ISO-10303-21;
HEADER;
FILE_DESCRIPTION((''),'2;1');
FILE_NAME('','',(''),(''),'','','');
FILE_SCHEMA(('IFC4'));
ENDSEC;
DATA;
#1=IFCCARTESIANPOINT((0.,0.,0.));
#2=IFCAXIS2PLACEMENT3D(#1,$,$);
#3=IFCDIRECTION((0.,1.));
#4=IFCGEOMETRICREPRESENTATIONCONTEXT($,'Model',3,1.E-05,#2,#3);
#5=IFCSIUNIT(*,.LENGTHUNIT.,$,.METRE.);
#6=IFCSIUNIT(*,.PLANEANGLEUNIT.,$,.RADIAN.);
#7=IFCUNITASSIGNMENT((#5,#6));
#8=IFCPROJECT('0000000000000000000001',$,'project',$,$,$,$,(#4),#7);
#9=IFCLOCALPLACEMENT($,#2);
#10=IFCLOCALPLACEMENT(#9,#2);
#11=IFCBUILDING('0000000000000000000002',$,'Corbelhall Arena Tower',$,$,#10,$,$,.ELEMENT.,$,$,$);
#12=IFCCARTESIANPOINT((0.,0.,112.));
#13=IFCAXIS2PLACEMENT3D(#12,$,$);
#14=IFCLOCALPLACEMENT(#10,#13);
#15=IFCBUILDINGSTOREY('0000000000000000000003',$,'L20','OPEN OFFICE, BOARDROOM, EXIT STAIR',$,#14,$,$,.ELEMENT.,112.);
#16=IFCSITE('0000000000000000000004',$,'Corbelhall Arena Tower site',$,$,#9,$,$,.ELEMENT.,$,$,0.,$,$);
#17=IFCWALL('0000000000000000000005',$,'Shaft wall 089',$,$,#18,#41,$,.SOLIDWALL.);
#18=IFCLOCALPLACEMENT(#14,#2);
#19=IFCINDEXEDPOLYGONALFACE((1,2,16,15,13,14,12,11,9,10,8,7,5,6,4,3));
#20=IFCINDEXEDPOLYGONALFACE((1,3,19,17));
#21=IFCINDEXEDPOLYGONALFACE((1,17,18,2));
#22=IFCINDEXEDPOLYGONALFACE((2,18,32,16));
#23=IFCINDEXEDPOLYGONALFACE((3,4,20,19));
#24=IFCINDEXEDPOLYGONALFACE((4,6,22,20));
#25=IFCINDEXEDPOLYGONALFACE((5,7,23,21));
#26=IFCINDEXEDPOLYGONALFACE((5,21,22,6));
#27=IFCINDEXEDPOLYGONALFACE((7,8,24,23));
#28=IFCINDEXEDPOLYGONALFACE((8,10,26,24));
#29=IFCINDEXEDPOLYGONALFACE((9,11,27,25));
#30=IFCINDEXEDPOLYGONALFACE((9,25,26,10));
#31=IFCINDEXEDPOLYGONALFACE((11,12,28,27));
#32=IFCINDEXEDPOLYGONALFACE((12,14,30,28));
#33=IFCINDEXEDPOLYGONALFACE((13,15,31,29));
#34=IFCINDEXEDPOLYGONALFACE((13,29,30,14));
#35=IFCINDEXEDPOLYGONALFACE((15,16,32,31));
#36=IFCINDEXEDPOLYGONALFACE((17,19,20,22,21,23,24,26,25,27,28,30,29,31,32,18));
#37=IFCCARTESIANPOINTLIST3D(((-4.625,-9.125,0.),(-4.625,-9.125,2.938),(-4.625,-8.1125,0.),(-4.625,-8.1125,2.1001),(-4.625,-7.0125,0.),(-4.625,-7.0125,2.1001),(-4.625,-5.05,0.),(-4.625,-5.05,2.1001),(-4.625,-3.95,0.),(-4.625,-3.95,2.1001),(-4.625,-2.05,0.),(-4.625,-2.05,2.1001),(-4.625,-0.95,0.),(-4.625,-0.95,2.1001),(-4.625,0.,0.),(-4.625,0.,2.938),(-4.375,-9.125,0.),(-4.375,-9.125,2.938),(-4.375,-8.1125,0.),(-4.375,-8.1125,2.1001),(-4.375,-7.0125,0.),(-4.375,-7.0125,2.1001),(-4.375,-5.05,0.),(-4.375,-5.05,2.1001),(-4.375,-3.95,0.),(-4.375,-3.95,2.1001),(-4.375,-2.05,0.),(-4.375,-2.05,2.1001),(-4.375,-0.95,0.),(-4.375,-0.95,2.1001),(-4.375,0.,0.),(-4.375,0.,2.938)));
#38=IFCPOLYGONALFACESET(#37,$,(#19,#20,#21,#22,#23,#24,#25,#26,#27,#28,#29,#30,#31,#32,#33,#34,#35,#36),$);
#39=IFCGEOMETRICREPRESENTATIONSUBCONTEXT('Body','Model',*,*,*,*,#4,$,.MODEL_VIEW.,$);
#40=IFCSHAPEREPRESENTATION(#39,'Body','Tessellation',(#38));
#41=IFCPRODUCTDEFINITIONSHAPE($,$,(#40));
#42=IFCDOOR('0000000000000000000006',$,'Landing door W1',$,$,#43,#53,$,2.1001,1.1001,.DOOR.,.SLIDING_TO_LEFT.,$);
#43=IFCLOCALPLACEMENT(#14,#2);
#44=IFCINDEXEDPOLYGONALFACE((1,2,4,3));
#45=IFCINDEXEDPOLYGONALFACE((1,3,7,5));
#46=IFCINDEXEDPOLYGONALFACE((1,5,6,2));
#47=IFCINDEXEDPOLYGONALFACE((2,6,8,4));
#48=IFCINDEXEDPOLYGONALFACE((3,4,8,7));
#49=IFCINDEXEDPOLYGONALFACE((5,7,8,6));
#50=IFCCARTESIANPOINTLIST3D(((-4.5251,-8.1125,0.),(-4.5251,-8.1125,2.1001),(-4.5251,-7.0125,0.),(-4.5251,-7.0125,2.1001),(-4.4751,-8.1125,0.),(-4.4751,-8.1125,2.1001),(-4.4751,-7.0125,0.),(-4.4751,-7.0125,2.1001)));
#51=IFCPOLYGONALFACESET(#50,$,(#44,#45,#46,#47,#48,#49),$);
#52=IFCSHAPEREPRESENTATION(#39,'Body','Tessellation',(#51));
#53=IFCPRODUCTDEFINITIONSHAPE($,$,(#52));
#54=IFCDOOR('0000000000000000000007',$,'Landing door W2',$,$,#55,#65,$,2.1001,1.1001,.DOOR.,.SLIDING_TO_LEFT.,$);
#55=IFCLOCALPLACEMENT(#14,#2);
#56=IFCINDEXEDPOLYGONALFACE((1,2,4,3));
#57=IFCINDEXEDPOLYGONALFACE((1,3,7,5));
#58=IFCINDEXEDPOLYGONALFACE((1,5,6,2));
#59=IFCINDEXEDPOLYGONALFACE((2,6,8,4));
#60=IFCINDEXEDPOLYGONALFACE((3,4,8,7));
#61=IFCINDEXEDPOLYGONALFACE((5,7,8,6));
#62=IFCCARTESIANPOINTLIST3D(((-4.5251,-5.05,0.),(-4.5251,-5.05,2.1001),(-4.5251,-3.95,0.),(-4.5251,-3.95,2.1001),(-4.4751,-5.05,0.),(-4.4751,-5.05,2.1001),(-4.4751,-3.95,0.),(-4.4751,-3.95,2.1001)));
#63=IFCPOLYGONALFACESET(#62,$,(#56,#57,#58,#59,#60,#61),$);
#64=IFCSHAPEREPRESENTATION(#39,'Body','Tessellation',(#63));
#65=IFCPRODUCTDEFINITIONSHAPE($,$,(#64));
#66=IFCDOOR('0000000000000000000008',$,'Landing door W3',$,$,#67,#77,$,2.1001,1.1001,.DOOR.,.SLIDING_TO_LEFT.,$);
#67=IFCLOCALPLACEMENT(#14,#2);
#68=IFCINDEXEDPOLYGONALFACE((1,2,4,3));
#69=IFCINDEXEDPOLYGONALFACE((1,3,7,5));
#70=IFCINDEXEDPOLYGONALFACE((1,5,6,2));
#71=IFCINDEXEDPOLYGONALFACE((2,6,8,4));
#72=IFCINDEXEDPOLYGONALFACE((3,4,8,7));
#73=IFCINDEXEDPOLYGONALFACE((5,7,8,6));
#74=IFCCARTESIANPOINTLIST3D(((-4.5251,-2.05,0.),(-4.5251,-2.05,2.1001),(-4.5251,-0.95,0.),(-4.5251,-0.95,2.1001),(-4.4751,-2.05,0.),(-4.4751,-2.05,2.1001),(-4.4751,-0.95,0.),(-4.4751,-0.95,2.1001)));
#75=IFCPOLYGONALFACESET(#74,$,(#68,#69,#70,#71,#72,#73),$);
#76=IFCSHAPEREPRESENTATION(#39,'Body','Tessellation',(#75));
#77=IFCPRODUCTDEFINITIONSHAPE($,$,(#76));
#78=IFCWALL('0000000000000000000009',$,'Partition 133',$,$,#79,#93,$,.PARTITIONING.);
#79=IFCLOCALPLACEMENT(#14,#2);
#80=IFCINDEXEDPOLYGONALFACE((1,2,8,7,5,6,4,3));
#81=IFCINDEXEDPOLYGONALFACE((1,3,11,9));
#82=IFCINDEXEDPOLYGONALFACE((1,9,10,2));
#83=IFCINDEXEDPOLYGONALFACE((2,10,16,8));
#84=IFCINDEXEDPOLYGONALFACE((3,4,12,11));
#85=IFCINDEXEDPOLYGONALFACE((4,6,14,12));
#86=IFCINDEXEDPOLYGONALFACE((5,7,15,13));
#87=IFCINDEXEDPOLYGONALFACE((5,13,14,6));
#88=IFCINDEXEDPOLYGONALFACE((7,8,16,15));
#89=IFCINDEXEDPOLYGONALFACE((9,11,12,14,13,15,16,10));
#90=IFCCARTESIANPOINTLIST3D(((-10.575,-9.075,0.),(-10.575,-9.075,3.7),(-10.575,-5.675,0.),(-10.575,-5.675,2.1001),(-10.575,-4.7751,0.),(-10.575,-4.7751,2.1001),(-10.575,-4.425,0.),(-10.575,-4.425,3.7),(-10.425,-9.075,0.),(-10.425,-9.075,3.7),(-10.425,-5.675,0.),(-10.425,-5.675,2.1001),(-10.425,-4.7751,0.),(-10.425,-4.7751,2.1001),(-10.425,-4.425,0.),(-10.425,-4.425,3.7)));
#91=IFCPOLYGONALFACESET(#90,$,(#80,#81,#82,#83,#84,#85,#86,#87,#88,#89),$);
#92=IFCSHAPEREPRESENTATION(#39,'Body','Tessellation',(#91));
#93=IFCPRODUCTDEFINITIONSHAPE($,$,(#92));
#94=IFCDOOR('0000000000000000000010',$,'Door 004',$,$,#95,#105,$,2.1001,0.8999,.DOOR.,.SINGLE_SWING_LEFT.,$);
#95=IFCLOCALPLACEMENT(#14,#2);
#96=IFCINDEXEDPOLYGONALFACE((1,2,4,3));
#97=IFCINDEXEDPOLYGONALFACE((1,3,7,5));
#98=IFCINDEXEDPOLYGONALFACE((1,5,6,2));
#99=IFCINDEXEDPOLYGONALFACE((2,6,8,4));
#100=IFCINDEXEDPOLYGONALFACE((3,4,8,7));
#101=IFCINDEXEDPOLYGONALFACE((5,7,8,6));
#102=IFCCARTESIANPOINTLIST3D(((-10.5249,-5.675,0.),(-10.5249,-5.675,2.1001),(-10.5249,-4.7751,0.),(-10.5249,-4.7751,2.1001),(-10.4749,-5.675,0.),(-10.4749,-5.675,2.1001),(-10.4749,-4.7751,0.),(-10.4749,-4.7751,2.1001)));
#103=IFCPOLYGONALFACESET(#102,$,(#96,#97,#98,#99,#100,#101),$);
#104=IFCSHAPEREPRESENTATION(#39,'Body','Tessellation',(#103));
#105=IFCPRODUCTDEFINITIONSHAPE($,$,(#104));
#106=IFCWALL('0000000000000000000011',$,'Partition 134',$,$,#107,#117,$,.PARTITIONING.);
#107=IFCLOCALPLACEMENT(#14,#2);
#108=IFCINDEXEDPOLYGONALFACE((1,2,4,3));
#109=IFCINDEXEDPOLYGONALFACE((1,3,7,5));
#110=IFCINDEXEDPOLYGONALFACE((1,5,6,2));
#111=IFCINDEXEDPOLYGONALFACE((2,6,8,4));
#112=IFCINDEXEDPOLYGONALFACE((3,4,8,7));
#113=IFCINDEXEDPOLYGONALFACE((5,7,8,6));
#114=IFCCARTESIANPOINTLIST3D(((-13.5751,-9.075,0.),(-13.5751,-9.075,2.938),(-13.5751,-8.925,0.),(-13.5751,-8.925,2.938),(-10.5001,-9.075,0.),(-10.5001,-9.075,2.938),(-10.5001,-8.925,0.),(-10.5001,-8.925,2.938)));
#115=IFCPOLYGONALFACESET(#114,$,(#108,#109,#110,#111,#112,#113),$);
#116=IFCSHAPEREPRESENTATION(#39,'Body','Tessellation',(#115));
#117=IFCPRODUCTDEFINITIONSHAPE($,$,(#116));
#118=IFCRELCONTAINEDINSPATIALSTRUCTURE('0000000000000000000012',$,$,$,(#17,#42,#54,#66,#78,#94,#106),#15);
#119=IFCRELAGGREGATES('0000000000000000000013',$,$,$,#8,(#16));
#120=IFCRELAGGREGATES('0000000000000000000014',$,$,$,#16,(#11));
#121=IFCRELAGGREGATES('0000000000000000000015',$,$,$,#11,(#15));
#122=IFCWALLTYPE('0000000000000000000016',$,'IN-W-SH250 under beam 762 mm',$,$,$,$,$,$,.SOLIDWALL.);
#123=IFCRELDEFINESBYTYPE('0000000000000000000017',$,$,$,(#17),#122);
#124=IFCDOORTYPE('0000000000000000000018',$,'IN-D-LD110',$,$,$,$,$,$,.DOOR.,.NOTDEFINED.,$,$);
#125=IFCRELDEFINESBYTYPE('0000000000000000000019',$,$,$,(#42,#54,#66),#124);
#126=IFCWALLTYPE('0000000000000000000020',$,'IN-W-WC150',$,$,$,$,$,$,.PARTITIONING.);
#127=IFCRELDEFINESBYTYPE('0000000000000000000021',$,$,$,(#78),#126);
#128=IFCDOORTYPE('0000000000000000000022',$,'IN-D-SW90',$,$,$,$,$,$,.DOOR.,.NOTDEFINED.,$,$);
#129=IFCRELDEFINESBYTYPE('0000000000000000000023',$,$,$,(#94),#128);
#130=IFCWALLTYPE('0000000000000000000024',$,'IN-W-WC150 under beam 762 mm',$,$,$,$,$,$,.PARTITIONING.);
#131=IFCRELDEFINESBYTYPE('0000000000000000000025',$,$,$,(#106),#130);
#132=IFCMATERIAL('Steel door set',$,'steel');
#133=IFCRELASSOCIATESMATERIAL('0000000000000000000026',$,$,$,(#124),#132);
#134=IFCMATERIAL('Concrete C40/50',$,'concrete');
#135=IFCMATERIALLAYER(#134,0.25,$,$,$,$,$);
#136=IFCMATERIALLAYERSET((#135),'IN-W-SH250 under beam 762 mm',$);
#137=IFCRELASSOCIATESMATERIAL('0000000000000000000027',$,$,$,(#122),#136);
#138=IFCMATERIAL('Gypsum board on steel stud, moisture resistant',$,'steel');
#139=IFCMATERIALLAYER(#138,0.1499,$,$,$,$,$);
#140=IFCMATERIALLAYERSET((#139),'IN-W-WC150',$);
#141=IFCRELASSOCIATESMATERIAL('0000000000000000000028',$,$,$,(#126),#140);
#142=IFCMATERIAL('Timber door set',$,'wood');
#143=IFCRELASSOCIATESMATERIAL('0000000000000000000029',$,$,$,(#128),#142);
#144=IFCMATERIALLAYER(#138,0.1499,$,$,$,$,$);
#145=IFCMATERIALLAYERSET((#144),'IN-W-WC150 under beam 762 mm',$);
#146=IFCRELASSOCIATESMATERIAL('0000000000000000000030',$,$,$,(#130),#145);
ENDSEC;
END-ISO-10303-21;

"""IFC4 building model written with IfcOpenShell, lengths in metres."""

from ifc_helpers import new_model, si_unit, direction, frame, frame_2d, origin, place, context, subcontext, project, spatial, rectangle, extrude, material, layer, layer_set, type_object, element, fill, save


model = new_model("IFC4")

# Units and contexts
model_context = context("Model", 3, precision=1e-05, world=origin(), true_north=direction((0.0, 1.0)))
body_context = subcontext(model_context, "Body", "Model", "MODEL_VIEW")
ifc_project = project(units=[si_unit("LENGTHUNIT", "METRE"), si_unit("PLANEANGLEUNIT", "RADIAN")], contexts=[model_context])

# Site, building, storey
site_placement = place(None, origin())
site = spatial("IfcSite", under=ifc_project, at=site_placement, Name="Corbelhall Arena Tower site", CompositionType="ELEMENT", RefElevation=0.0)
building_placement = place(site_placement, origin())
building = spatial("IfcBuilding", under=site, at=building_placement, Name="Corbelhall Arena Tower", CompositionType="ELEMENT")
storey_placement = place(building_placement, frame((0.0, 0.0, 112.0)))
storey = spatial("IfcBuildingStorey", under=building, at=storey_placement, Name="L20", Description="OPEN OFFICE, BOARDROOM, EXIT STAIR", CompositionType="ELEMENT", Elevation=112.0)

# Shared definitions
ifc_material_1 = material(Name="Steel door set", Category="steel")

# Shared definitions
ifc_material_2 = material(Name="Concrete C40/50", Category="concrete")
door_type_1 = type_object("IfcDoorType", Name="IN-D-LD110", OperationType="NOTDEFINED", PredefinedType="DOOR", material=ifc_material_1)

# Shared definitions
ifc_layer_1 = layer(ifc_material_2, 0.25)
ifc_layer_set_1 = layer_set([ifc_layer_1], Name="IN-W-SH250 under beam 762 mm")
wall_type_1 = type_object("IfcWallType", Name="IN-W-SH250 under beam 762 mm", PredefinedType="SOLIDWALL", material=ifc_layer_set_1)

# Wall, openings, doors
wall_1_placement = place(storey_placement, frame((-4.5, 0.0, 0.0), z_axis=(0.0, 0.0, 1.0), x_axis=(0.0, -1.0, 0.0)))
wall_1 = element("IfcWall", 1, at=wall_1_placement, inside=storey, type_object=wall_type_1, Name="Shaft wall 089", PredefinedType="SOLIDWALL", context=body_context, shape_type="SweptSolid", body=[
    extrude(rectangle(XDim=9.125, YDim=0.25, at=frame_2d((4.5625, 0.0))), origin(), (0.0, 0.0, 1.0), 2.938),
])
opening_1_placement = place(wall_1_placement, frame((7.0125, 0.0, 0.0)))
opening_1 = element("IfcOpeningElement", 2, at=opening_1_placement, cuts=wall_1, PredefinedType="OPENING", context=body_context, shape_type="SweptSolid", body=[
    extrude(rectangle(XDim=1.1001, YDim=2.1001, at=frame_2d((0.55, 1.05))), frame((0.0, 0.125, 0.0), z_axis=(0.0, -1.0, 0.0), x_axis=(1.0, 0.0, 0.0)), (0.0, 0.0, 1.0), 0.25),
])
opening_2_placement = place(wall_1_placement, frame((3.95, 0.0, 0.0)))
opening_2 = element("IfcOpeningElement", 3, at=opening_2_placement, cuts=wall_1, PredefinedType="OPENING", context=body_context, shape_type="SweptSolid", body=[
    extrude(rectangle(XDim=1.1001, YDim=2.1001, at=frame_2d((0.55, 1.05))), frame((0.0, 0.125, 0.0), z_axis=(0.0, -1.0, 0.0), x_axis=(1.0, 0.0, 0.0)), (0.0, 0.0, 1.0), 0.25),
])
opening_3_placement = place(wall_1_placement, frame((0.95, 0.0, 0.0)))
opening_3 = element("IfcOpeningElement", 4, at=opening_3_placement, cuts=wall_1, PredefinedType="OPENING", context=body_context, shape_type="SweptSolid", body=[
    extrude(rectangle(XDim=1.1001, YDim=2.1001, at=frame_2d((0.55, 1.05))), frame((0.0, 0.125, 0.0), z_axis=(0.0, -1.0, 0.0), x_axis=(1.0, 0.0, 0.0)), (0.0, 0.0, 1.0), 0.25),
])
door_1_placement = place(opening_1_placement, origin())
door_1 = element("IfcDoor", 5, at=door_1_placement, inside=storey, type_object=door_type_1, Name="Landing door W1", OperationType="SLIDING_TO_LEFT", OverallHeight=2.1001, OverallWidth=1.1001, PredefinedType="DOOR", context=body_context, shape_type="SweptSolid", body=[
    extrude(rectangle(XDim=1.1001, YDim=2.1001, at=frame_2d((0.55, 1.05))), frame((0.0, 0.0249, 0.0), z_axis=(0.0, -1.0, 0.0), x_axis=(1.0, 0.0, 0.0)), (0.0, 0.0, 1.0), 0.05),
])
fill(opening_1, door_1)
door_2_placement = place(opening_2_placement, origin())
door_2 = element("IfcDoor", 6, at=door_2_placement, inside=storey, type_object=door_type_1, Name="Landing door W2", OperationType="SLIDING_TO_LEFT", OverallHeight=2.1001, OverallWidth=1.1001, PredefinedType="DOOR", context=body_context, shape_type="SweptSolid", body=[
    extrude(rectangle(XDim=1.1001, YDim=2.1001, at=frame_2d((0.55, 1.05))), frame((0.0, 0.0249, 0.0), z_axis=(0.0, -1.0, 0.0), x_axis=(1.0, 0.0, 0.0)), (0.0, 0.0, 1.0), 0.05),
])
fill(opening_2, door_2)
door_3_placement = place(opening_3_placement, origin())
door_3 = element("IfcDoor", 7, at=door_3_placement, inside=storey, type_object=door_type_1, Name="Landing door W3", OperationType="SLIDING_TO_LEFT", OverallHeight=2.1001, OverallWidth=1.1001, PredefinedType="DOOR", context=body_context, shape_type="SweptSolid", body=[
    extrude(rectangle(XDim=1.1001, YDim=2.1001, at=frame_2d((0.55, 1.05))), frame((0.0, 0.0249, 0.0), z_axis=(0.0, -1.0, 0.0), x_axis=(1.0, 0.0, 0.0)), (0.0, 0.0, 1.0), 0.05),
])
fill(opening_3, door_3)

# Wall, opening, door
ifc_material_3 = material(Name="Gypsum board on steel stud, moisture resistant", Category="steel")
ifc_layer_2 = layer(ifc_material_3, 0.1499)
ifc_layer_set_2 = layer_set([ifc_layer_2], Name="IN-W-WC150")
wall_type_2 = type_object("IfcWallType", Name="IN-W-WC150", PredefinedType="PARTITIONING", material=ifc_layer_set_2)
wall_2_placement = place(storey_placement, frame((-10.5, -9.075, 0.0), z_axis=(0.0, 0.0, 1.0), x_axis=(0.0, 1.0, 0.0)))
wall_2 = element("IfcWall", 8, at=wall_2_placement, inside=storey, type_object=wall_type_2, Name="Partition 133", PredefinedType="PARTITIONING", context=body_context, shape_type="SweptSolid", body=[
    extrude(rectangle(XDim=4.6499, YDim=0.1499, at=frame_2d((2.325, 0.0))), origin(), (0.0, 0.0, 1.0), 3.7),
])
opening_4_placement = place(wall_2_placement, frame((3.3999, 0.0, 0.0)))
opening_4 = element("IfcOpeningElement", 9, at=opening_4_placement, cuts=wall_2, PredefinedType="OPENING", context=body_context, shape_type="SweptSolid", body=[
    extrude(rectangle(XDim=0.8999, YDim=2.1001, at=frame_2d((0.45, 1.05))), frame((0.0, 0.075, 0.0), z_axis=(0.0, -1.0, 0.0), x_axis=(1.0, 0.0, 0.0)), (0.0, 0.0, 1.0), 0.1499),
])
ifc_material_4 = material(Name="Timber door set", Category="wood")
door_type_2 = type_object("IfcDoorType", Name="IN-D-SW90", OperationType="NOTDEFINED", PredefinedType="DOOR", material=ifc_material_4)
door_4_placement = place(opening_4_placement, origin())
door_4 = element("IfcDoor", 10, at=door_4_placement, inside=storey, type_object=door_type_2, Name="Door 004", OperationType="SINGLE_SWING_LEFT", OverallHeight=2.1001, OverallWidth=0.8999, PredefinedType="DOOR", context=body_context, shape_type="SweptSolid", body=[
    extrude(rectangle(XDim=0.8999, YDim=2.1001, at=frame_2d((0.45, 1.05))), frame((0.0, 0.0249, 0.0), z_axis=(0.0, -1.0, 0.0), x_axis=(1.0, 0.0, 0.0)), (0.0, 0.0, 1.0), 0.05),
])
fill(opening_4, door_4)

# Wall
ifc_layer_3 = layer(ifc_material_3, 0.1499)
ifc_layer_set_3 = layer_set([ifc_layer_3], Name="IN-W-WC150 under beam 762 mm")
wall_type_3 = type_object("IfcWallType", Name="IN-W-WC150 under beam 762 mm", PredefinedType="PARTITIONING", material=ifc_layer_set_3)
wall_3_placement = place(storey_placement, frame((-10.5, -9.0, 0.0), z_axis=(0.0, 0.0, 1.0), x_axis=(-1.0, 0.0, 0.0)))
element("IfcWall", 11, at=wall_3_placement, inside=storey, type_object=wall_type_3, Name="Partition 134", PredefinedType="PARTITIONING", context=body_context, shape_type="SweptSolid", body=[
    extrude(rectangle(XDim=3.075, YDim=0.1499, at=frame_2d((1.5376, 0.0))), origin(), (0.0, 0.0, 1.0), 2.938),
])

save(model, "model.ifc")
